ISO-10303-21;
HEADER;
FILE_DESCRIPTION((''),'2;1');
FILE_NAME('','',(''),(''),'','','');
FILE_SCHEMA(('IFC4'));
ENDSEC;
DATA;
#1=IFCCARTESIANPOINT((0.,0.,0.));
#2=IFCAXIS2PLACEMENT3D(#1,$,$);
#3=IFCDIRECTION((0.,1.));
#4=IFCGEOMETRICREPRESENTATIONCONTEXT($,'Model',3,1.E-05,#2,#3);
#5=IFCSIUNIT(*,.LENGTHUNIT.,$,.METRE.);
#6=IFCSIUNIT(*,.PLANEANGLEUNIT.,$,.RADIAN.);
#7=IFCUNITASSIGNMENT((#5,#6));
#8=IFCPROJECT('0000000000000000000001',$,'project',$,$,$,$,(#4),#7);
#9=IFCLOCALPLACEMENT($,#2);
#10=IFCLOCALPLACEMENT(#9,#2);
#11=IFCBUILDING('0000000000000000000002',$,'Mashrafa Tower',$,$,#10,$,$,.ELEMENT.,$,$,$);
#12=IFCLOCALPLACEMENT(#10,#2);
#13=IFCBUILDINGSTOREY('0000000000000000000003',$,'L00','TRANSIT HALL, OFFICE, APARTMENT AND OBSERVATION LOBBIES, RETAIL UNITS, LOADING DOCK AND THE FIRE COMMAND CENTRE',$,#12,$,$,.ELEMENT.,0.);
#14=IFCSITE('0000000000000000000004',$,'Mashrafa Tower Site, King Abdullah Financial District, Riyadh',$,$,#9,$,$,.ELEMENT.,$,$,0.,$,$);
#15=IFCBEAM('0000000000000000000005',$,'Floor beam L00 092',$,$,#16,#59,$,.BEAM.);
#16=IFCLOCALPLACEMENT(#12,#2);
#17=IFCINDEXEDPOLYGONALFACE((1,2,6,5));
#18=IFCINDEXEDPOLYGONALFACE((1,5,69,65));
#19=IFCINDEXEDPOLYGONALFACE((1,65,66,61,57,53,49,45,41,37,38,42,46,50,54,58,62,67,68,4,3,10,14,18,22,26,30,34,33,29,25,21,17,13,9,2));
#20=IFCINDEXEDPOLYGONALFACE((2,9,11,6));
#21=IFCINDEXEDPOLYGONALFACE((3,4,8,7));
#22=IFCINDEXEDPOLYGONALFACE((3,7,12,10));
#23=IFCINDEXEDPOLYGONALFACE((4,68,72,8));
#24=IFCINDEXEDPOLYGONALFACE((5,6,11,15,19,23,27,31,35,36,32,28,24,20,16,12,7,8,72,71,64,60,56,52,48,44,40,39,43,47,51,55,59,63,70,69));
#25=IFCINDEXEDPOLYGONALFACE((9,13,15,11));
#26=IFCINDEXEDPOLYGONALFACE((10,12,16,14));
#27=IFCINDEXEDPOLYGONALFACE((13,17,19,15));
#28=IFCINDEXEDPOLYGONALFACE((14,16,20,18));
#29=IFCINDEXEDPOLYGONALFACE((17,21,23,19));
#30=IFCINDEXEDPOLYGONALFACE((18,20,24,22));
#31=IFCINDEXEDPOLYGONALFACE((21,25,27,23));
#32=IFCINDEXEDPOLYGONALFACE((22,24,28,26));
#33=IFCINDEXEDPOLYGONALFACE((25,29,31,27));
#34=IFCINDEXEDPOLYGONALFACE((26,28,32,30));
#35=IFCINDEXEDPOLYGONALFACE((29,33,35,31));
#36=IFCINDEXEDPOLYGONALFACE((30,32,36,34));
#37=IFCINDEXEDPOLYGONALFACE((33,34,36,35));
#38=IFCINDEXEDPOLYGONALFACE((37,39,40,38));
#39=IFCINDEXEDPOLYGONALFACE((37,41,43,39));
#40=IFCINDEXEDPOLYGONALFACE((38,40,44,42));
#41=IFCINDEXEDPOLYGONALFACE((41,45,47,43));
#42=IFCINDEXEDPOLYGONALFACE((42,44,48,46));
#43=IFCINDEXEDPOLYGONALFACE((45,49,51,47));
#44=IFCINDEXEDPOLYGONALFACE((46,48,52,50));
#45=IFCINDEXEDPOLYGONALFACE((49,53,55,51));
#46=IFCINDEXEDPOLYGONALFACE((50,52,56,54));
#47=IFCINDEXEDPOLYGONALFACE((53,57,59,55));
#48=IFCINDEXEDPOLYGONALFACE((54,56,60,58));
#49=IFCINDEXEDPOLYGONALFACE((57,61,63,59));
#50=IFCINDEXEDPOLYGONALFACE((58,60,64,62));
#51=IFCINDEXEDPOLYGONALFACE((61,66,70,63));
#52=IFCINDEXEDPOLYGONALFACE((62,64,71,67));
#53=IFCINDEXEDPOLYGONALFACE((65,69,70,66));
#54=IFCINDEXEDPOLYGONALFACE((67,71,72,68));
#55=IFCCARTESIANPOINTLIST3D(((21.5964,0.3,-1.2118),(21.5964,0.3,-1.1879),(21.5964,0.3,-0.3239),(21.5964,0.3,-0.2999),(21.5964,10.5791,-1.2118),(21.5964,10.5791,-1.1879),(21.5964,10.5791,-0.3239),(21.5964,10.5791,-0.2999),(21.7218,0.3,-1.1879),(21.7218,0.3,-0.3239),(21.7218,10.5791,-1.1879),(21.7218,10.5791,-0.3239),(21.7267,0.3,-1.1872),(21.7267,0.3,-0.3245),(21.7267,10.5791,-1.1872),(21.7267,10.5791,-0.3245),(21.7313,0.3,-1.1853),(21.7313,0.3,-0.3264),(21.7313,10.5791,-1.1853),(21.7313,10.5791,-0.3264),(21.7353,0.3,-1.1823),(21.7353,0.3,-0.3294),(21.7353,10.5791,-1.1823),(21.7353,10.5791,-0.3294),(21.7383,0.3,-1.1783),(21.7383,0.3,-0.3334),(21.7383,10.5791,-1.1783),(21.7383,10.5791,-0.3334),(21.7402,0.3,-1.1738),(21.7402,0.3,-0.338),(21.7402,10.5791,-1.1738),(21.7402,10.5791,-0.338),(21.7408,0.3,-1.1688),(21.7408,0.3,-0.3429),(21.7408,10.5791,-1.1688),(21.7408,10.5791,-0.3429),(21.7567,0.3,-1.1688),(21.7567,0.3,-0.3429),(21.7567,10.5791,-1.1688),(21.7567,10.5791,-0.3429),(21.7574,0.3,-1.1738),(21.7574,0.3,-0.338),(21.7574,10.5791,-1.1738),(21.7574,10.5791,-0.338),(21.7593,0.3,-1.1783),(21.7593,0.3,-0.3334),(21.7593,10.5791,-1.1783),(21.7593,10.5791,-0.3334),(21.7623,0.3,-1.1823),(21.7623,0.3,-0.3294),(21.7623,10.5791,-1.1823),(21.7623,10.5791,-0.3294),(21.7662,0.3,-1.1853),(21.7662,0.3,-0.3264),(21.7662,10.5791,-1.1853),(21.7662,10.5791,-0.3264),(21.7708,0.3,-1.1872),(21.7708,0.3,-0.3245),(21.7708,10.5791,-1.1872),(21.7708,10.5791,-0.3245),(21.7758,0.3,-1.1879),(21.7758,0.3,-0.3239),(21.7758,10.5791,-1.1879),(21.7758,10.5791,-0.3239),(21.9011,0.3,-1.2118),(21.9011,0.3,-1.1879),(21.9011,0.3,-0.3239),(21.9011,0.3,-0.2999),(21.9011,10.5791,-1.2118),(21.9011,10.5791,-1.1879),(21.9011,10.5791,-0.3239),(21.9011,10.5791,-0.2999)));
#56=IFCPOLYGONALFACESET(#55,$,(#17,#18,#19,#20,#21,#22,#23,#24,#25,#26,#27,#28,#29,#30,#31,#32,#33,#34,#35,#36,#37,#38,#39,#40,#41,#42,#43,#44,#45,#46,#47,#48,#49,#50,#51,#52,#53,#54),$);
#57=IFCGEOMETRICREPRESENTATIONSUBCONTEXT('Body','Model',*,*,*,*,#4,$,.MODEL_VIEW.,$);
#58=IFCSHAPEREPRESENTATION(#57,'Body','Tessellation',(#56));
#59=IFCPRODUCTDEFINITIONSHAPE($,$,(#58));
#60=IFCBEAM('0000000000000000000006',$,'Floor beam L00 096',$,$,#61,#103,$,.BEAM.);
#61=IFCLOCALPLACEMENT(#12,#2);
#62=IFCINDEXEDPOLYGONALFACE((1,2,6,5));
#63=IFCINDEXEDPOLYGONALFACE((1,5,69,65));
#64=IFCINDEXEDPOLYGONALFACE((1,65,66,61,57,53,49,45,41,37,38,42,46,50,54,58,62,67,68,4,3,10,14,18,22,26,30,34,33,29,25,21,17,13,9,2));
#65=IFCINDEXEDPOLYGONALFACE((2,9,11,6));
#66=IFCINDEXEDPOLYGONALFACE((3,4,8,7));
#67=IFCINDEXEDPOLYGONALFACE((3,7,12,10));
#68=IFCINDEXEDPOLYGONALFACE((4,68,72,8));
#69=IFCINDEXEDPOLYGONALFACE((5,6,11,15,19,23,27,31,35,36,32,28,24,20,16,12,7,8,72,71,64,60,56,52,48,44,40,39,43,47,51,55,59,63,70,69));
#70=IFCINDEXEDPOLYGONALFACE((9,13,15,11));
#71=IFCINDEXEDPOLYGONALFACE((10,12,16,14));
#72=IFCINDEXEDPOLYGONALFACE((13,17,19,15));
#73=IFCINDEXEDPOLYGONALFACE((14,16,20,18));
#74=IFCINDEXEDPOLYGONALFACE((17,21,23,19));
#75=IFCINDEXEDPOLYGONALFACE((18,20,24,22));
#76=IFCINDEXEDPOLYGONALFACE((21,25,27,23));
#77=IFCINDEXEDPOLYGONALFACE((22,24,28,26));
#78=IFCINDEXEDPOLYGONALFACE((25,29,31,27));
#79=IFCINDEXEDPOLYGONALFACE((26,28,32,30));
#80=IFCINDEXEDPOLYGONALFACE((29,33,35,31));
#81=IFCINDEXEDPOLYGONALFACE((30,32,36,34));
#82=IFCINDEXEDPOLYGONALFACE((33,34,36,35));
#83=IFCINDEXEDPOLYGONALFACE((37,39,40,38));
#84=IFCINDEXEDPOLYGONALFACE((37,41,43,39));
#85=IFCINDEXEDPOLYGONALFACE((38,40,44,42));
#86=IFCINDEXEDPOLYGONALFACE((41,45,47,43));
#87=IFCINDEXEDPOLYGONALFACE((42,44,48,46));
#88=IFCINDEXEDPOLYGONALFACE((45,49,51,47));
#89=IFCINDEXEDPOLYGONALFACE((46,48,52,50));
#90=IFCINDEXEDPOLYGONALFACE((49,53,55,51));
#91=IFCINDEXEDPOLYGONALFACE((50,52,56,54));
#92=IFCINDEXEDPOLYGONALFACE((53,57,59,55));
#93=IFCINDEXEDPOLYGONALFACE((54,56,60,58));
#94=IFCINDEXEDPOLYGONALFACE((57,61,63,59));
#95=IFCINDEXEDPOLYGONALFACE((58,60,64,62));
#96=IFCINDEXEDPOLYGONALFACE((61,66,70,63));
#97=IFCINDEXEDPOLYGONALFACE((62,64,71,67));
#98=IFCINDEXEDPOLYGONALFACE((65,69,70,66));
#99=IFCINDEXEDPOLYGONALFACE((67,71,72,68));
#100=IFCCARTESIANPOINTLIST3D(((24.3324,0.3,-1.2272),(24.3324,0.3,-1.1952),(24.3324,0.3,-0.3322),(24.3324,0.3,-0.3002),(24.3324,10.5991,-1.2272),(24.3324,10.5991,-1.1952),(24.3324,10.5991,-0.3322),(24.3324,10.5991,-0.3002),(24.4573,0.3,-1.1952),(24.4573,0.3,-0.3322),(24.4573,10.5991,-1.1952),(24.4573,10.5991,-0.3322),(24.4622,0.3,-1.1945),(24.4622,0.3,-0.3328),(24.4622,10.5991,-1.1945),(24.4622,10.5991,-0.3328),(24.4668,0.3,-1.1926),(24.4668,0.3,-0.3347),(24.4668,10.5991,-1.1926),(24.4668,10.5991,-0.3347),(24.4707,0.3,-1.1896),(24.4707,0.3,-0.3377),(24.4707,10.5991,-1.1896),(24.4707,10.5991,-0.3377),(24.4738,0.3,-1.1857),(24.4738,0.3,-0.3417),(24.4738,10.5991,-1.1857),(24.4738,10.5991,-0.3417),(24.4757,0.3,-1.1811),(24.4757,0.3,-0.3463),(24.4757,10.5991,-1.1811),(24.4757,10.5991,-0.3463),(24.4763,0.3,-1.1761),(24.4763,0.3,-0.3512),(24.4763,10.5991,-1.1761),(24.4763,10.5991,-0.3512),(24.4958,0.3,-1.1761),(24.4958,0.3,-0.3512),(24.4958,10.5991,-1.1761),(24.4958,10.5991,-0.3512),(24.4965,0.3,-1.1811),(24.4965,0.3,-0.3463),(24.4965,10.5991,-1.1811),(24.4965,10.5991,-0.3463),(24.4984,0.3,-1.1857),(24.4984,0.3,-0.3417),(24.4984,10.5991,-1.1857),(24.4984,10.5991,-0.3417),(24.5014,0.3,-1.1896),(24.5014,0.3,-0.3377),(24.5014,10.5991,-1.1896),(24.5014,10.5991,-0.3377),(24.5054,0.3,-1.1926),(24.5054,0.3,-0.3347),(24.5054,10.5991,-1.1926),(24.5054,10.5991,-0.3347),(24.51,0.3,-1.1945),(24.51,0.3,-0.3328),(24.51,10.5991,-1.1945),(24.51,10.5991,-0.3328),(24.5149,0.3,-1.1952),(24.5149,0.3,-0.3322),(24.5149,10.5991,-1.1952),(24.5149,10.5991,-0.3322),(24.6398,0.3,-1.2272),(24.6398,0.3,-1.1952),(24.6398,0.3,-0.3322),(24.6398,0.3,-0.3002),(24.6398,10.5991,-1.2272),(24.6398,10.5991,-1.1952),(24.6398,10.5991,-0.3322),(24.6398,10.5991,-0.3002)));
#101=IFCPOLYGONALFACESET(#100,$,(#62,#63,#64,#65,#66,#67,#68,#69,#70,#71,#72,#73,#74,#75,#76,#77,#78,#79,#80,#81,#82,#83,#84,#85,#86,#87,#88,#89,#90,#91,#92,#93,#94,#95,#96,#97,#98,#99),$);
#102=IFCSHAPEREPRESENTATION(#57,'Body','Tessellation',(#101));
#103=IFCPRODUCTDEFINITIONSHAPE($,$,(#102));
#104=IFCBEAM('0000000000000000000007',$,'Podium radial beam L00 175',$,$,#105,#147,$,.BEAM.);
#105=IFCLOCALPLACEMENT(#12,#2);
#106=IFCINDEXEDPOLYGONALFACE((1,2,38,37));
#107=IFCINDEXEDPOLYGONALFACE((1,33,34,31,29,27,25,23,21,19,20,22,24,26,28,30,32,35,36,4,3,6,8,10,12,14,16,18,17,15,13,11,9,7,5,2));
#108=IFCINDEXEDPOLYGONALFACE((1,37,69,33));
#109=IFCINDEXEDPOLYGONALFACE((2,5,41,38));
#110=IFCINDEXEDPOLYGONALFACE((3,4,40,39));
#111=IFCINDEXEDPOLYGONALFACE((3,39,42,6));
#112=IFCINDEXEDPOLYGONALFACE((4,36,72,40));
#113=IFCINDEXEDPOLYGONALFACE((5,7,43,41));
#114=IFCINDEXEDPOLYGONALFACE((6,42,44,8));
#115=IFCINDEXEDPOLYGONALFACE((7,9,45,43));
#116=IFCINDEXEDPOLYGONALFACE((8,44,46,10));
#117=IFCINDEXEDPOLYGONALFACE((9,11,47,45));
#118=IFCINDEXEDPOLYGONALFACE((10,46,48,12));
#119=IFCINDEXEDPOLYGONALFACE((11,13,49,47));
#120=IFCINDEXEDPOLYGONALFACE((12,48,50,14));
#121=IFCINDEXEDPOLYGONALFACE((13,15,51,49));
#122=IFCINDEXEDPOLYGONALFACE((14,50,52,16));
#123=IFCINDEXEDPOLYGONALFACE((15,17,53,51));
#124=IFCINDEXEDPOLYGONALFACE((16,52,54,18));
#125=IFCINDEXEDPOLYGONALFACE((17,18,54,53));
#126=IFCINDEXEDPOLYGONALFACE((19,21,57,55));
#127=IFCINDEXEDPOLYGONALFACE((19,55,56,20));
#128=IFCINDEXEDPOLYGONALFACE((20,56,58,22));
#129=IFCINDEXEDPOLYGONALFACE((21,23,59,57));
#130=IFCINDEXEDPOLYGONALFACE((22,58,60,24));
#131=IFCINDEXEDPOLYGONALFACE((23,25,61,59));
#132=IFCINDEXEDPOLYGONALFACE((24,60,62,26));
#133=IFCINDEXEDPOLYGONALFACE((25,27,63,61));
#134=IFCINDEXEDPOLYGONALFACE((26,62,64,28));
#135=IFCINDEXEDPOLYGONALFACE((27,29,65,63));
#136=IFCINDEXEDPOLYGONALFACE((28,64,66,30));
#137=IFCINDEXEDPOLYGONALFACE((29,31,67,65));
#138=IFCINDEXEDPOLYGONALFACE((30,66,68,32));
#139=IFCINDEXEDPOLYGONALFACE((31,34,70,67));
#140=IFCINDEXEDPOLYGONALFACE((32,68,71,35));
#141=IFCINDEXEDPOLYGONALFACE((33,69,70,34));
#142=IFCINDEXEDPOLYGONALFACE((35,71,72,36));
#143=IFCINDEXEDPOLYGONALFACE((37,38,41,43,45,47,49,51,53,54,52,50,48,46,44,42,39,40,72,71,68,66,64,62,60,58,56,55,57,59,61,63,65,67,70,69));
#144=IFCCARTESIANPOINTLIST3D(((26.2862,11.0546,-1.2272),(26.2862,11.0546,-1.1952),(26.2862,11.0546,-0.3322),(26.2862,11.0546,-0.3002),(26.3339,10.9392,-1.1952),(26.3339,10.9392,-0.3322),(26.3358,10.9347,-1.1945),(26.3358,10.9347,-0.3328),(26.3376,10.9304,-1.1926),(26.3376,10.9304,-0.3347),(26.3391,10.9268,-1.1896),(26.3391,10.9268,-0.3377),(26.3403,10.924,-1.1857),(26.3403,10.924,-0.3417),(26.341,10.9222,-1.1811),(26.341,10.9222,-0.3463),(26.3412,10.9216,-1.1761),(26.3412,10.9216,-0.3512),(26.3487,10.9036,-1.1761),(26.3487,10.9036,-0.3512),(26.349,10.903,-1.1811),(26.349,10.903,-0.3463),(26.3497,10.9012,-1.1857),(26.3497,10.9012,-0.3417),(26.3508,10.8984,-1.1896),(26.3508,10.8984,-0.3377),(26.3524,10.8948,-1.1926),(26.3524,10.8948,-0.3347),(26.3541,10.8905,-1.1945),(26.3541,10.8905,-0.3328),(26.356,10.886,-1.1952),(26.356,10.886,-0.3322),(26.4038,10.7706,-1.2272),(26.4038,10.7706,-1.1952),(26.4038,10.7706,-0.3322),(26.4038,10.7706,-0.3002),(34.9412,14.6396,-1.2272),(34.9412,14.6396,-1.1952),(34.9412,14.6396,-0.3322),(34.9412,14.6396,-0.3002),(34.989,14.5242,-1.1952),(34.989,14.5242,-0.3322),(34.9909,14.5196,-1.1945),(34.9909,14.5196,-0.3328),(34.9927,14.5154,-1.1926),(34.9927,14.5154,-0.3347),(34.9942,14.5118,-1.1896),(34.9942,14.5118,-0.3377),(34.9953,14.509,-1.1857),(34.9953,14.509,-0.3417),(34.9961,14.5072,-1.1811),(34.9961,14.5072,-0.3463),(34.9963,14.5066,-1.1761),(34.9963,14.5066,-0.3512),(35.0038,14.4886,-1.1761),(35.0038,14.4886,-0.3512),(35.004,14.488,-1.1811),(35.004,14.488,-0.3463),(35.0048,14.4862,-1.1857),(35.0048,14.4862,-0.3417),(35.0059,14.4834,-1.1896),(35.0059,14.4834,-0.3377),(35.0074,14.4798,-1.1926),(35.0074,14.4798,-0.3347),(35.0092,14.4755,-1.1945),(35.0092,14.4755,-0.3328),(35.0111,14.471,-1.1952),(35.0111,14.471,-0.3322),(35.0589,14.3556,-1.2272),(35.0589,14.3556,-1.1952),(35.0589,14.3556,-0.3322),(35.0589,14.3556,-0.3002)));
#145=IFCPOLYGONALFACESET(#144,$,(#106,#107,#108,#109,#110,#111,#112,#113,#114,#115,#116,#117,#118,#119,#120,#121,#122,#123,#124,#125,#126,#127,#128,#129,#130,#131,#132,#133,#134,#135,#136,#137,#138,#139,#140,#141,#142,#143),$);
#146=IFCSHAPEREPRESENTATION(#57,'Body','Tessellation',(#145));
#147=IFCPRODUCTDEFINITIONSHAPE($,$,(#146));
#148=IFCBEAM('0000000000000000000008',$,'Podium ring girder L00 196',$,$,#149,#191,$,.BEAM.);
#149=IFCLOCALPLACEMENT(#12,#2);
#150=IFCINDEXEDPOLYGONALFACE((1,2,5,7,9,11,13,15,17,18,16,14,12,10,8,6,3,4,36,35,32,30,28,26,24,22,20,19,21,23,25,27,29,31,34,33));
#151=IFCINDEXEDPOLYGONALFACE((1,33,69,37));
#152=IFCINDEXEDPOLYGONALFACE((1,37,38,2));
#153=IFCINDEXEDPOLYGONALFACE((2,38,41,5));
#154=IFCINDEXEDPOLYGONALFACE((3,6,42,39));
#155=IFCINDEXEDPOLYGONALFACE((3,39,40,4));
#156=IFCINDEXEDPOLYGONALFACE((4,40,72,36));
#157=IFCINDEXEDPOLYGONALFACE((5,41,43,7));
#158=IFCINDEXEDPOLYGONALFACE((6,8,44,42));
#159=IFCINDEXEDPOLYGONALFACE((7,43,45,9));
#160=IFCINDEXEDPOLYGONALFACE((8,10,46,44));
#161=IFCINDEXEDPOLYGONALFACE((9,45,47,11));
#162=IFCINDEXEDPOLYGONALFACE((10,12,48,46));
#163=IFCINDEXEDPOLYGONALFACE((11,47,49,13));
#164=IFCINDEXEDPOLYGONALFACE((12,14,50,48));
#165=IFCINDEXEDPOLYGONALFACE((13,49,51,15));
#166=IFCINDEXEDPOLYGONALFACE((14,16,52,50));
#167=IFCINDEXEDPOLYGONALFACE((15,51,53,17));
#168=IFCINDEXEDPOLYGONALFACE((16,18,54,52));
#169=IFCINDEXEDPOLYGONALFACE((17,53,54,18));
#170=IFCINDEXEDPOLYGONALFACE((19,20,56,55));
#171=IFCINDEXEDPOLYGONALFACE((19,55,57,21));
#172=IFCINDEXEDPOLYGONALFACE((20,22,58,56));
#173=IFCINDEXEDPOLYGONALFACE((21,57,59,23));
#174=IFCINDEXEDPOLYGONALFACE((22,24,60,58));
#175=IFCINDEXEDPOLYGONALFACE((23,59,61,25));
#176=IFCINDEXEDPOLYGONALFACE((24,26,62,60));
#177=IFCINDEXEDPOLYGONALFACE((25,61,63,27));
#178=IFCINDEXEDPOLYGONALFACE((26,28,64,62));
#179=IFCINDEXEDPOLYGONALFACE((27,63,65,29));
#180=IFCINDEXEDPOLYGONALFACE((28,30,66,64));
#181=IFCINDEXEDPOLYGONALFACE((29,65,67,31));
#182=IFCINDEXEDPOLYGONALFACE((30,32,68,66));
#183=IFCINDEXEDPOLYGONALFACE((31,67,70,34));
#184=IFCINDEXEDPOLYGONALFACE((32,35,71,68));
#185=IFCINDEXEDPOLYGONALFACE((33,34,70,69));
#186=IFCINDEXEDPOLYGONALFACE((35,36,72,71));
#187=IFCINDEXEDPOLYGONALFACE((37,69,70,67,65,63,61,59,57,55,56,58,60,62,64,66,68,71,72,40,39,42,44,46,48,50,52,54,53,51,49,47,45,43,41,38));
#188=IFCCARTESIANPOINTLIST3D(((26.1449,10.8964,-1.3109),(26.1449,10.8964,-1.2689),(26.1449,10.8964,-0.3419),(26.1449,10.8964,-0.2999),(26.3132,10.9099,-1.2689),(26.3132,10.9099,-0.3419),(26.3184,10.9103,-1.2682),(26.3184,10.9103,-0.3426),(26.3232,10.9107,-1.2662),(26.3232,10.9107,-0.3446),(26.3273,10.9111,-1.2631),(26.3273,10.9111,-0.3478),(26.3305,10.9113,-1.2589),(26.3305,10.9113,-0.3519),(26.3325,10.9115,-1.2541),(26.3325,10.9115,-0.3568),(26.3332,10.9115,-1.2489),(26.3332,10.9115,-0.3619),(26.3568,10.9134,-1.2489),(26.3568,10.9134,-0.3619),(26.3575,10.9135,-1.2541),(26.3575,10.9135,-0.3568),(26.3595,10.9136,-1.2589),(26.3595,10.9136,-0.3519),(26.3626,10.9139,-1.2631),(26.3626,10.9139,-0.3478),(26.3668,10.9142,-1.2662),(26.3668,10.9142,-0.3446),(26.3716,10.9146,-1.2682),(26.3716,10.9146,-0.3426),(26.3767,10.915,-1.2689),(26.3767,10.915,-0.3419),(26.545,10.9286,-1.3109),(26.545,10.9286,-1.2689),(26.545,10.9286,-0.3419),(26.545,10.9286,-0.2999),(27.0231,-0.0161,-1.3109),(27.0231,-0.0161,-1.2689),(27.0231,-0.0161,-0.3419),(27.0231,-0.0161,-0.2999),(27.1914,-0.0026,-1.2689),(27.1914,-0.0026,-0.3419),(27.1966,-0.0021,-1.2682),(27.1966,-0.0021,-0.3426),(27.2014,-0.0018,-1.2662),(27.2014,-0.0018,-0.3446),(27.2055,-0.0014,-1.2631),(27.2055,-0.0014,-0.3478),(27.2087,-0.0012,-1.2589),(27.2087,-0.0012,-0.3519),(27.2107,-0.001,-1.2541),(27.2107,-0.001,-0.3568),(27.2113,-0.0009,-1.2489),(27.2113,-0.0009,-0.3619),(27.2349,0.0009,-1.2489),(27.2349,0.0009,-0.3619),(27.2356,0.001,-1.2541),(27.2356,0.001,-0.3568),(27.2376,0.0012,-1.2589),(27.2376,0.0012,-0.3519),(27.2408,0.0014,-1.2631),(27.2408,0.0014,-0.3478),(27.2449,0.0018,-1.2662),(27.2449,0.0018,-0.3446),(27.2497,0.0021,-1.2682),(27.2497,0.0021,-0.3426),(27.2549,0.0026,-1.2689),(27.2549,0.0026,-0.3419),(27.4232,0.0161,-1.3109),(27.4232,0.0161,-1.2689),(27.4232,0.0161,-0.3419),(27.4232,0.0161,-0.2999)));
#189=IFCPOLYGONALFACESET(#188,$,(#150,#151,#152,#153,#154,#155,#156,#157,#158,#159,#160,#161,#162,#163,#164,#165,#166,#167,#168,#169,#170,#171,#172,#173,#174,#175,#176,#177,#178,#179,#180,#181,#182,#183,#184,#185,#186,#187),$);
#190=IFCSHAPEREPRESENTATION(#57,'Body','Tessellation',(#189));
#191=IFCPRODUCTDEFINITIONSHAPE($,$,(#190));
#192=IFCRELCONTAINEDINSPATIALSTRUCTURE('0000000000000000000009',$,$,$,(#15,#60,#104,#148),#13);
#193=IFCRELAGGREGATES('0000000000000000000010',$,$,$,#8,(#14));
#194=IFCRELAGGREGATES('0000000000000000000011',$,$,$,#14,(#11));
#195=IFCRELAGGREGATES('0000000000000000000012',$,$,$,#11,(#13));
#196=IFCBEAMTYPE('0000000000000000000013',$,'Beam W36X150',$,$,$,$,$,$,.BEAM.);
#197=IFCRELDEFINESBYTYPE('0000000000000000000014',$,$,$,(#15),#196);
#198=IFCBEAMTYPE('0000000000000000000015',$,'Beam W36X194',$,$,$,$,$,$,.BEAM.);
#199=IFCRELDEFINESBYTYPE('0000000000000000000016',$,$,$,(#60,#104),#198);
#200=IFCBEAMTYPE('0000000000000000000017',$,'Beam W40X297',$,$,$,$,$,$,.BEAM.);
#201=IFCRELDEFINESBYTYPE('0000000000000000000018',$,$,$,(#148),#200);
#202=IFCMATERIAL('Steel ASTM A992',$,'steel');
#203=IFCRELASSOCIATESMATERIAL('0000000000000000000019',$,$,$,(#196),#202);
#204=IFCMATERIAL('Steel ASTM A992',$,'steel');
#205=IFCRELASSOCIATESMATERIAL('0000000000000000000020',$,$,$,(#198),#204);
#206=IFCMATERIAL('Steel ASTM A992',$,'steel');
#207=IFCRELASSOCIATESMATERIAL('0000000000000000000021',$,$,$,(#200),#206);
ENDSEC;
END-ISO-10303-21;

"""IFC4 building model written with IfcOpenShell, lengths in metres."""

from ifc_helpers import new_model, si_unit, direction, frame, origin, origin_2d, place, context, subcontext, project, spatial, i_section, extrude, material, material_profile, profile_set, type_object, element, save


model = new_model("IFC4")

# Units and contexts
model_context = context("Model", 3, precision=1e-05, world=origin(), true_north=direction((0.0, 1.0)))
body_context = subcontext(model_context, "Body", "Model", "MODEL_VIEW")
ifc_project = project(units=[si_unit("LENGTHUNIT", "METRE"), si_unit("PLANEANGLEUNIT", "RADIAN")], contexts=[model_context])

# Site, building, storey
site_placement = place(None, origin())
site = spatial("IfcSite", under=ifc_project, at=site_placement, Name="Mashrafa Tower Site, King Abdullah Financial District, Riyadh", CompositionType="ELEMENT", RefElevation=0.0)
building_placement = place(site_placement, origin())
building = spatial("IfcBuilding", under=site, at=building_placement, Name="Mashrafa Tower", CompositionType="ELEMENT")
storey_placement = place(building_placement, origin())
storey = spatial("IfcBuildingStorey", under=building, at=storey_placement, Name="L00", Description="TRANSIT HALL, OFFICE, APARTMENT AND OBSERVATION LOBBIES, RETAIL UNITS, LOADING DOCK AND THE FIRE COMMAND CENTRE", CompositionType="ELEMENT", Elevation=0.0)

# Beams
ifc_material_1 = material(Name="Steel ASTM A992", Category="steel")
ifc_material_profile_1 = material_profile(ifc_material_1, i_section(OverallWidth=0.3047, OverallDepth=0.9119, WebThickness=0.0159, FlangeThickness=0.0239, FilletRadius=0.019, at=origin_2d()), Name="W36X150")
ifc_profile_set_1 = profile_set([ifc_material_profile_1], Name="Steel ASTM A992")
beam_type_1 = type_object("IfcBeamType", Name="Beam W36X150", PredefinedType="BEAM", material=ifc_profile_set_1)
beam_1_placement = place(storey_placement, frame((21.7488, 10.5791, -0.7559), z_axis=(0.0, -1.0, 0.0), x_axis=(1.0, 0.0, 0.0)))
element("IfcBeam", 1, at=beam_1_placement, inside=storey, type_object=beam_type_1, Name="Floor beam L00 092", PredefinedType="BEAM", context=body_context, shape_type="SweptSolid", body=[
    extrude(i_section(OverallWidth=0.3047, OverallDepth=0.9119, WebThickness=0.0159, FlangeThickness=0.0239, FilletRadius=0.019, at=origin_2d()), origin(), (0.0, 0.0, 1.0), 10.2791),
])
ifc_material_2 = material(Name="Steel ASTM A992", Category="steel")
ifc_material_profile_2 = material_profile(ifc_material_2, i_section(OverallWidth=0.3074, OverallDepth=0.927, WebThickness=0.0195, FlangeThickness=0.032, FilletRadius=0.019, at=origin_2d()), Name="W36X194")
ifc_profile_set_2 = profile_set([ifc_material_profile_2], Name="Steel ASTM A992")
beam_type_2 = type_object("IfcBeamType", Name="Beam W36X194", PredefinedType="BEAM", material=ifc_profile_set_2)
beam_2_placement = place(storey_placement, frame((24.4861, 10.5991, -0.7637), z_axis=(0.0, -1.0, 0.0), x_axis=(1.0, 0.0, 0.0)))
element("IfcBeam", 2, at=beam_2_placement, inside=storey, type_object=beam_type_2, Name="Floor beam L00 096", PredefinedType="BEAM", context=body_context, shape_type="SweptSolid", body=[
    extrude(i_section(OverallWidth=0.3074, OverallDepth=0.927, WebThickness=0.0195, FlangeThickness=0.032, FilletRadius=0.019, at=origin_2d()), origin(), (0.0, 0.0, 1.0), 10.2991),
])
beam_3_placement = place(storey_placement, frame((26.345, 10.9126, -0.7637), z_axis=(0.923882, 0.382677, 0.0), x_axis=(-0.382677, 0.923882, 0.0)))
element("IfcBeam", 3, at=beam_3_placement, inside=storey, type_object=beam_type_2, Name="Podium radial beam L00 175", PredefinedType="BEAM", context=body_context, shape_type="SweptSolid", body=[
    extrude(i_section(OverallWidth=0.3074, OverallDepth=0.927, WebThickness=0.0195, FlangeThickness=0.032, FilletRadius=0.019, at=origin_2d()), origin(), (0.0, 0.0, 1.0), 9.3682),
])
ifc_material_3 = material(Name="Steel ASTM A992", Category="steel")
ifc_material_profile_3 = material_profile(ifc_material_3, i_section(OverallWidth=0.4014, OverallDepth=1.011, WebThickness=0.0237, FlangeThickness=0.042, FilletRadius=0.02, at=origin_2d()), Name="W40X297")
ifc_profile_set_3 = profile_set([ifc_material_profile_3], Name="Steel ASTM A992")
beam_type_3 = type_object("IfcBeamType", Name="Beam W40X297", PredefinedType="BEAM", material=ifc_profile_set_3)
beam_4_placement = place(storey_placement, frame((27.2231, 0.0, -0.8054), z_axis=(-0.080214, 0.996778, 0.0), x_axis=(-0.996778, -0.080214, 0.0)))
element("IfcBeam", 4, at=beam_4_placement, inside=storey, type_object=beam_type_3, Name="Podium ring girder L00 196", PredefinedType="BEAM", context=body_context, shape_type="SweptSolid", body=[
    extrude(i_section(OverallWidth=0.4014, OverallDepth=1.011, WebThickness=0.0237, FlangeThickness=0.042, FilletRadius=0.02, at=origin_2d()), origin(), (0.0, 0.0, 1.0), 10.9478),
])

save(model, "model.ifc")
